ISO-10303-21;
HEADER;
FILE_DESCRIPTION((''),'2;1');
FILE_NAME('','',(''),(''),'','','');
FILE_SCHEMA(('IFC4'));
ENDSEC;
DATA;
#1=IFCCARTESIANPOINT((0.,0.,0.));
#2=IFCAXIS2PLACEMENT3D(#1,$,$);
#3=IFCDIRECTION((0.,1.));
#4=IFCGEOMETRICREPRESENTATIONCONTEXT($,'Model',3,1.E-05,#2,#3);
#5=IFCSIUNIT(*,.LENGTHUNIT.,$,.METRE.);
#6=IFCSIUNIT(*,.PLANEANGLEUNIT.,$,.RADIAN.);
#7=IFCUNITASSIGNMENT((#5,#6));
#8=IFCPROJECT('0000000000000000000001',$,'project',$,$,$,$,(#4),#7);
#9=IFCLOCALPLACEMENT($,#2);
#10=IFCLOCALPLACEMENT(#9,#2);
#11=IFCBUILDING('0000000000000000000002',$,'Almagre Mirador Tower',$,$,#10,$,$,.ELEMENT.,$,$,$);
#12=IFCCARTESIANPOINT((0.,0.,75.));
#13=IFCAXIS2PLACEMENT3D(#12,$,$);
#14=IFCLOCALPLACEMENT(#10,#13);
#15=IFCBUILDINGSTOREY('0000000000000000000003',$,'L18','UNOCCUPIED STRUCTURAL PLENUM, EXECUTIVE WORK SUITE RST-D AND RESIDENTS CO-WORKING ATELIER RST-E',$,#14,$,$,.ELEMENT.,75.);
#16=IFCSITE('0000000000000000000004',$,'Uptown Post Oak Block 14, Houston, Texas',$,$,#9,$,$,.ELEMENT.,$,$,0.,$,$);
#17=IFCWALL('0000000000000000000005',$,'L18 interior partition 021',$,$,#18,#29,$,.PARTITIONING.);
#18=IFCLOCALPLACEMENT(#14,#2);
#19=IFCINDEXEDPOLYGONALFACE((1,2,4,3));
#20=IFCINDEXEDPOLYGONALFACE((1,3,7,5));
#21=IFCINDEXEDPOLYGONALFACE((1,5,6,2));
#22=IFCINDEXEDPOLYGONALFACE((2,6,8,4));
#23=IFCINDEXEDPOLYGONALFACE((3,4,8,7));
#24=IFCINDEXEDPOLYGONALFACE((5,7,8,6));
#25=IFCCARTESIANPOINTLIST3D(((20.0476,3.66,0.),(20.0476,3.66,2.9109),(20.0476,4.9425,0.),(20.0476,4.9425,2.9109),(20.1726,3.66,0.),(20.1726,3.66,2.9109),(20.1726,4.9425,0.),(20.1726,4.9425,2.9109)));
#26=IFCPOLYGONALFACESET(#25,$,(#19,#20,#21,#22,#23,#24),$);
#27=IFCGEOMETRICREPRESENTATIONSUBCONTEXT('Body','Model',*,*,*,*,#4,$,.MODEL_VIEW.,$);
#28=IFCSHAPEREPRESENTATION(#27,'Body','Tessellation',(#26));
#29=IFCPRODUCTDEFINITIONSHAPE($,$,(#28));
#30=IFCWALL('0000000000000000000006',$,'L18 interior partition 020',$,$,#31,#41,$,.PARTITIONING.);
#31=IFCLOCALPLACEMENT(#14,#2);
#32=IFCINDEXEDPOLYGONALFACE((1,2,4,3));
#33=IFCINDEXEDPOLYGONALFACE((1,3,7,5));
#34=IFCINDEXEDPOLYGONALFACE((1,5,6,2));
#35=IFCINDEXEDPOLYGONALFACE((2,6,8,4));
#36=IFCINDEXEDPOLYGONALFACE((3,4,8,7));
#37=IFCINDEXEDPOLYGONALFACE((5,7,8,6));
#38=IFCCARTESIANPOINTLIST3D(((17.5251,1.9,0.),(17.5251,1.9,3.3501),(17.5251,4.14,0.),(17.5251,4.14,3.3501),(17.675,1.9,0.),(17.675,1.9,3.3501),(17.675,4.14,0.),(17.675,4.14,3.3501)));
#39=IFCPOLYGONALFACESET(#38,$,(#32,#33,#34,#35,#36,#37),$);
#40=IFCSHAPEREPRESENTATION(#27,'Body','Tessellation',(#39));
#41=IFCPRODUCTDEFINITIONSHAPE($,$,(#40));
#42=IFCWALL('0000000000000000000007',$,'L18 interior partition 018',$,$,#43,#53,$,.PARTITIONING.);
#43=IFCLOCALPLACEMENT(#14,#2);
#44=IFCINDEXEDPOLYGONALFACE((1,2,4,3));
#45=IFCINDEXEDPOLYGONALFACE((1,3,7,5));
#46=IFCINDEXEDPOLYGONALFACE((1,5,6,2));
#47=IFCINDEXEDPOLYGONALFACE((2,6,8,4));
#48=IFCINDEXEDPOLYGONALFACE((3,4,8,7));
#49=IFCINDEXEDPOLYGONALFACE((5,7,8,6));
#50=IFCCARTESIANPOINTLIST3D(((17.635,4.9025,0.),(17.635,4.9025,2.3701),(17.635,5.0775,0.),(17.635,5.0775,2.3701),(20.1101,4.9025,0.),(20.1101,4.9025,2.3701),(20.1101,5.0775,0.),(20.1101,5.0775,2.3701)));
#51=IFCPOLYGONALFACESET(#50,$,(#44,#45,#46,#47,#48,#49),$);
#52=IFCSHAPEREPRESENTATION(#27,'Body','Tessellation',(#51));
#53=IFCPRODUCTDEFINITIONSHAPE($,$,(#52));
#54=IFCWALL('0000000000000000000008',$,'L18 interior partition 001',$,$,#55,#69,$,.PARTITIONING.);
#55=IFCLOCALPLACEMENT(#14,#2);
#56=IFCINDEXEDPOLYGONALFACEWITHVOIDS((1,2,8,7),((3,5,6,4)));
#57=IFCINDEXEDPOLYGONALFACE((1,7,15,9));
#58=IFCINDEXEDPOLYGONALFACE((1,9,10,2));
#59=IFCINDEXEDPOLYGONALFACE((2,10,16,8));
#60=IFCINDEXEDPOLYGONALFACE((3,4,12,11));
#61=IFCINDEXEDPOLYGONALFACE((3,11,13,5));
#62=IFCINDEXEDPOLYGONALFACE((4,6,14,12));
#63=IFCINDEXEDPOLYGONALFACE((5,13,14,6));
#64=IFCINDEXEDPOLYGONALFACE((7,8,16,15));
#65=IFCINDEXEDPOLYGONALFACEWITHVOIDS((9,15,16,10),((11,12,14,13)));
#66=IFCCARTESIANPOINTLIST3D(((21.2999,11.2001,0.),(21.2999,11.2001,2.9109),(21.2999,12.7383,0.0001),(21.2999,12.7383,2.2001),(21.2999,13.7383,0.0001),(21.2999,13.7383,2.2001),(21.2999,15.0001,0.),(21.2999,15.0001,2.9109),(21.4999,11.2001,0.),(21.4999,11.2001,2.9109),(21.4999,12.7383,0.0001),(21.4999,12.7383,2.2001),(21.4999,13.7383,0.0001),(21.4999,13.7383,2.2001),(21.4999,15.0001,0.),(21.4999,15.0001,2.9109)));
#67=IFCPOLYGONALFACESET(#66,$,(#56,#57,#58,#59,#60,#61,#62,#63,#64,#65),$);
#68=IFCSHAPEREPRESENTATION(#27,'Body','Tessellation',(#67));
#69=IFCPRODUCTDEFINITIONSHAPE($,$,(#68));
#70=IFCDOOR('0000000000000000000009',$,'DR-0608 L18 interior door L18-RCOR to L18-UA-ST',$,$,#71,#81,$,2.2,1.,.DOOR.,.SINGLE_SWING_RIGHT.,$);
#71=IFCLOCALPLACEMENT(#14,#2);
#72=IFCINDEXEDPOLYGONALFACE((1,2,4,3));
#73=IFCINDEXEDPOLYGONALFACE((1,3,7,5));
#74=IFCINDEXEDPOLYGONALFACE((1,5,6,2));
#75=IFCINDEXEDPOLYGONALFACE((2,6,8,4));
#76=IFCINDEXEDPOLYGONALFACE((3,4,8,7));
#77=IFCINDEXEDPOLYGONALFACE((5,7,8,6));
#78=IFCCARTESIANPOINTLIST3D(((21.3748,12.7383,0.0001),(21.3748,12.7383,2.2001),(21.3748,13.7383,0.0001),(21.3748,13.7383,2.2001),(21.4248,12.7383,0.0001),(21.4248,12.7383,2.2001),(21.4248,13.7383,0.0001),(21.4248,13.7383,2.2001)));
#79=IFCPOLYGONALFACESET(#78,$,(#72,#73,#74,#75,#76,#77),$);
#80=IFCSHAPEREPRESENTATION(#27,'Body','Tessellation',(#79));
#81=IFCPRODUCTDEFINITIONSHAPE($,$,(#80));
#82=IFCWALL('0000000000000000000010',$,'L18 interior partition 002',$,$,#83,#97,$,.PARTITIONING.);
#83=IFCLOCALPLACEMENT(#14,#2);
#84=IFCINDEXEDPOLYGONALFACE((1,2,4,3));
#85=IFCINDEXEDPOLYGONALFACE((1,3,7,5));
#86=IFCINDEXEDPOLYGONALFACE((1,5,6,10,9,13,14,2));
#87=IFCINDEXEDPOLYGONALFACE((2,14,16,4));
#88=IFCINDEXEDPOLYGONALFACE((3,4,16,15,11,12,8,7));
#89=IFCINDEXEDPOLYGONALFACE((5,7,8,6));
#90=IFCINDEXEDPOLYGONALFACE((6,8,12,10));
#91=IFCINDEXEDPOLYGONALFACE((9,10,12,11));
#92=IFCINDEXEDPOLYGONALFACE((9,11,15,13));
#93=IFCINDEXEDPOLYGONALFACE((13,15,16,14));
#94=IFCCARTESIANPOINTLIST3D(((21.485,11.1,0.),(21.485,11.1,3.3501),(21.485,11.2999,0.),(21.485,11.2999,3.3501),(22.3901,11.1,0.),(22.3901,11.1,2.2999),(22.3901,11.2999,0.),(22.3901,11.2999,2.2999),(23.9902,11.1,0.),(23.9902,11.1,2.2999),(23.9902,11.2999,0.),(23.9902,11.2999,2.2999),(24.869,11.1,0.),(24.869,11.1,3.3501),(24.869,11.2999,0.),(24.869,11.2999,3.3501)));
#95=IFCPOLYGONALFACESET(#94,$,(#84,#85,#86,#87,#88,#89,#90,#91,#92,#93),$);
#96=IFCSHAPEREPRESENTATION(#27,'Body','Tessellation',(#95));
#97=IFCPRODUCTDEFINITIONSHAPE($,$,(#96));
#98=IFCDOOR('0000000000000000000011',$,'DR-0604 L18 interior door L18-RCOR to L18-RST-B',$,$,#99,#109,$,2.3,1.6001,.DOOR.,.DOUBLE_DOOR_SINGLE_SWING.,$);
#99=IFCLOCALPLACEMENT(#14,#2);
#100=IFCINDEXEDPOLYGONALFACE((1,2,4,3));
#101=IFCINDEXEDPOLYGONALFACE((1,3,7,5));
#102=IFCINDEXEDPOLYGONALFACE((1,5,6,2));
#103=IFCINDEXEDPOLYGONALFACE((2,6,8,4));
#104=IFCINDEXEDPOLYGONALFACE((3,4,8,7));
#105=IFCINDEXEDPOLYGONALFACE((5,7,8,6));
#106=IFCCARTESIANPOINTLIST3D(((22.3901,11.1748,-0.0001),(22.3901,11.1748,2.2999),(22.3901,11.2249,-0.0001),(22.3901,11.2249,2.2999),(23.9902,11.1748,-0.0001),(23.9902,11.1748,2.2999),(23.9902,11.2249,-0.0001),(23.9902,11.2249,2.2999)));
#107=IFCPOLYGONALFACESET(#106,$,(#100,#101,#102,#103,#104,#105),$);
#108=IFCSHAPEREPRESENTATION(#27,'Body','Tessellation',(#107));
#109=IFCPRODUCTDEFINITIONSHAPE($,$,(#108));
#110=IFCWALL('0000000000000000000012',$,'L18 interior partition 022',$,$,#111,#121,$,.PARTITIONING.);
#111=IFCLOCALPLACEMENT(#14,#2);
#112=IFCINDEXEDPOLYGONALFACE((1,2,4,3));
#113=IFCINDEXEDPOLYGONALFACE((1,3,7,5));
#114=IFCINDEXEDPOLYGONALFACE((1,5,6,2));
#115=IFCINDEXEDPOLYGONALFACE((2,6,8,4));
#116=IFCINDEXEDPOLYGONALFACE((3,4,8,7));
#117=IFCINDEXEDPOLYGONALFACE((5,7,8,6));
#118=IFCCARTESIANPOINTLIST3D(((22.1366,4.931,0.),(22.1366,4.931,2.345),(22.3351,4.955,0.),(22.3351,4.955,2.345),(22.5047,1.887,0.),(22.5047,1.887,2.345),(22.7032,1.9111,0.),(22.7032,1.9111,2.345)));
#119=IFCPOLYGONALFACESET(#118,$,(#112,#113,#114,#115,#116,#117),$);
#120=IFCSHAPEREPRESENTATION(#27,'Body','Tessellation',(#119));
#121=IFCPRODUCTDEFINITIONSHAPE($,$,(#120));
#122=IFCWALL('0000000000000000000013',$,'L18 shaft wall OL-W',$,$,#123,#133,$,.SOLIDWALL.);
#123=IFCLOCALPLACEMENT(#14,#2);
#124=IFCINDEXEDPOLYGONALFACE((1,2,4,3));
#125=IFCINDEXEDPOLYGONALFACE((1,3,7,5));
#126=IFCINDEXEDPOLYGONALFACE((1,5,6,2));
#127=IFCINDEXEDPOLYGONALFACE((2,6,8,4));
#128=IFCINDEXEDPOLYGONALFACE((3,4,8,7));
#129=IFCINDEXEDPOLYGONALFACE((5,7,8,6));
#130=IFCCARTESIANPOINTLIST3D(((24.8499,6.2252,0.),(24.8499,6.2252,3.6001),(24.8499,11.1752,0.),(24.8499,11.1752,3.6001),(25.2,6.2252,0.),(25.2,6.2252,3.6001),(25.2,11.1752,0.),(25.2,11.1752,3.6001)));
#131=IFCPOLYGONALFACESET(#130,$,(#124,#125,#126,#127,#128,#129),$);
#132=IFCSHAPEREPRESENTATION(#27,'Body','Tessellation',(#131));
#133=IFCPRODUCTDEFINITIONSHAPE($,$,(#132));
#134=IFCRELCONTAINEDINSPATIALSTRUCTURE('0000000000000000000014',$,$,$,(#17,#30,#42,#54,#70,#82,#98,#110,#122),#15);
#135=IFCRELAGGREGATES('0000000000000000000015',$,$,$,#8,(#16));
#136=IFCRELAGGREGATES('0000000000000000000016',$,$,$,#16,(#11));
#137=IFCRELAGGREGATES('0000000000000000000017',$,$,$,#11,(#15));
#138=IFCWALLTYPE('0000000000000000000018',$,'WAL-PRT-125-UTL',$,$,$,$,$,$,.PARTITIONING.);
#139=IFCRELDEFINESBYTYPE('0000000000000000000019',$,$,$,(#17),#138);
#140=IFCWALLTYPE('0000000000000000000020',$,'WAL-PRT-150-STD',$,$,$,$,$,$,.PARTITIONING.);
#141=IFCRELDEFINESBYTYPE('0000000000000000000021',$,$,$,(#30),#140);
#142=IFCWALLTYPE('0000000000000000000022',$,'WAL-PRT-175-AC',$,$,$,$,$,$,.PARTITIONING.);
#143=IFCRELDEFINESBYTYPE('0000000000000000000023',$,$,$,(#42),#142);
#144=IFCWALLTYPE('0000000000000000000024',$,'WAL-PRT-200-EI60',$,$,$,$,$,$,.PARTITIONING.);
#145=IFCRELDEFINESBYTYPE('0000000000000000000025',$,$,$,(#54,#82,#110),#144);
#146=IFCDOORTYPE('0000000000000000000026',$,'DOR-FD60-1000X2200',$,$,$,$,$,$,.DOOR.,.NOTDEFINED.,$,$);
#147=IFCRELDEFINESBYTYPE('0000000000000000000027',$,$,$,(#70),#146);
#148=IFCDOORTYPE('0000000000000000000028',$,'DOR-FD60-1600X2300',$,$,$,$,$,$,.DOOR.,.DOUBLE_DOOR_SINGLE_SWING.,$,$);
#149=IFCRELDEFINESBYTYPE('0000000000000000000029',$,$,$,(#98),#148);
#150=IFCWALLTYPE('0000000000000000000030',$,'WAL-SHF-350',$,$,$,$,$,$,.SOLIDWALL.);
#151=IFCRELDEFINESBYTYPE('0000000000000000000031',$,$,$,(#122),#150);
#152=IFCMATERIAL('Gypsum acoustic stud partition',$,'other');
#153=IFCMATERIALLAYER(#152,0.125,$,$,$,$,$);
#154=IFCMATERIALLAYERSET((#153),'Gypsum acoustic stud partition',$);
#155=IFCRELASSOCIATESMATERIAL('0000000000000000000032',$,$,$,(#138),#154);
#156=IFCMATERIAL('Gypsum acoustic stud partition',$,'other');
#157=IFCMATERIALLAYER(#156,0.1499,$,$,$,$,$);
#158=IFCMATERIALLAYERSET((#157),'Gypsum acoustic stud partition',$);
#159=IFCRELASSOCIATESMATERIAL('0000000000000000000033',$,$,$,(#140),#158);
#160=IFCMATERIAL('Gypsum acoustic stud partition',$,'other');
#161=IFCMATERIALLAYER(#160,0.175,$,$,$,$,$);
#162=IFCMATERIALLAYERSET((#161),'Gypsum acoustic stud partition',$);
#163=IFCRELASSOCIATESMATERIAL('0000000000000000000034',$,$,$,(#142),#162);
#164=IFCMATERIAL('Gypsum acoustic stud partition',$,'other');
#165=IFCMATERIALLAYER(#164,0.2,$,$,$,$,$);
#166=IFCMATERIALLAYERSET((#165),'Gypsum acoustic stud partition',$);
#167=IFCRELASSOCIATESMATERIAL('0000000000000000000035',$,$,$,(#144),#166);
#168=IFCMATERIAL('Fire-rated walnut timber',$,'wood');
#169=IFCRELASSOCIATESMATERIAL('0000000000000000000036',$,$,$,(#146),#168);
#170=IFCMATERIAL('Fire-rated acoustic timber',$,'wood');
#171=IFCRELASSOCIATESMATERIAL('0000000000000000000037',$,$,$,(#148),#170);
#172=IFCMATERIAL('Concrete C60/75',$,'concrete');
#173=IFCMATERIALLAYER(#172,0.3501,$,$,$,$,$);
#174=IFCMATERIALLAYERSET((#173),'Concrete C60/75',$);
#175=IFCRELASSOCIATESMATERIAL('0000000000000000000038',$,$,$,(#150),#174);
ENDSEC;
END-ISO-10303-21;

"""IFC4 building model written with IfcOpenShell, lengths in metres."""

from ifc_helpers import new_model, si_unit, direction, frame, frame_2d, origin, place, context, subcontext, project, spatial, rectangle, extrude, material, layer, layer_set, type_object, element, fill, save


model = new_model("IFC4")

# Units and contexts
model_context = context("Model", 3, precision=1e-05, world=origin(), true_north=direction((0.0, 1.0)))
body_context = subcontext(model_context, "Body", "Model", "MODEL_VIEW")
ifc_project = project(units=[si_unit("LENGTHUNIT", "METRE"), si_unit("PLANEANGLEUNIT", "RADIAN")], contexts=[model_context])

# Site, building, storey
site_placement = place(None, origin())
site = spatial("IfcSite", under=ifc_project, at=site_placement, Name="Uptown Post Oak Block 14, Houston, Texas", CompositionType="ELEMENT", RefElevation=0.0)
building_placement = place(site_placement, origin())
building = spatial("IfcBuilding", under=site, at=building_placement, Name="Almagre Mirador Tower", CompositionType="ELEMENT")
storey_placement = place(building_placement, frame((0.0, 0.0, 75.0)))
storey = spatial("IfcBuildingStorey", under=building, at=storey_placement, Name="L18", Description="UNOCCUPIED STRUCTURAL PLENUM, EXECUTIVE WORK SUITE RST-D AND RESIDENTS CO-WORKING ATELIER RST-E", CompositionType="ELEMENT", Elevation=75.0)

# Walls
ifc_material_1 = material(Name="Gypsum acoustic stud partition", Category="other")
ifc_layer_1 = layer(ifc_material_1, 0.125)
ifc_layer_set_1 = layer_set([ifc_layer_1], Name="Gypsum acoustic stud partition")
wall_type_1 = type_object("IfcWallType", Name="WAL-PRT-125-UTL", PredefinedType="PARTITIONING", material=ifc_layer_set_1)
wall_1_placement = place(storey_placement, frame((20.1101, 4.9424, 0.0), z_axis=(0.0, 0.0, 1.0), x_axis=(0.0, -1.0, 0.0)))
element("IfcWall", 1, at=wall_1_placement, inside=storey, type_object=wall_type_1, Name="L18 interior partition 021", PredefinedType="PARTITIONING", context=body_context, shape_type="SweptSolid", body=[
    extrude(rectangle(XDim=1.2825, YDim=0.125, at=frame_2d((0.6411, 0.0))), origin(), (0.0, 0.0, 1.0), 2.9109),
])
ifc_material_2 = material(Name="Gypsum acoustic stud partition", Category="other")
ifc_layer_2 = layer(ifc_material_2, 0.1499)
ifc_layer_set_2 = layer_set([ifc_layer_2], Name="Gypsum acoustic stud partition")
wall_type_2 = type_object("IfcWallType", Name="WAL-PRT-150-STD", PredefinedType="PARTITIONING", material=ifc_layer_set_2)
wall_2_placement = place(storey_placement, frame((17.6001, 1.8999, 0.0), z_axis=(0.0, 0.0, 1.0), x_axis=(0.0, 1.0, 0.0)))
element("IfcWall", 2, at=wall_2_placement, inside=storey, type_object=wall_type_2, Name="L18 interior partition 020", PredefinedType="PARTITIONING", context=body_context, shape_type="SweptSolid", body=[
    extrude(rectangle(XDim=2.24, YDim=0.1499, at=frame_2d((1.1201, 0.0))), origin(), (0.0, 0.0, 1.0), 3.3501),
])
ifc_material_3 = material(Name="Gypsum acoustic stud partition", Category="other")
ifc_layer_3 = layer(ifc_material_3, 0.175)
ifc_layer_set_3 = layer_set([ifc_layer_3], Name="Gypsum acoustic stud partition")
wall_type_3 = type_object("IfcWallType", Name="WAL-PRT-175-AC", PredefinedType="PARTITIONING", material=ifc_layer_set_3)
wall_3_placement = place(storey_placement, frame((17.635, 4.99, 0.0), z_axis=(0.0, 0.0, 1.0), x_axis=(1.0, 0.0, 0.0)))
element("IfcWall", 3, at=wall_3_placement, inside=storey, type_object=wall_type_3, Name="L18 interior partition 018", PredefinedType="PARTITIONING", context=body_context, shape_type="SweptSolid", body=[
    extrude(rectangle(XDim=2.4751, YDim=0.175, at=frame_2d((1.2375, 0.0))), origin(), (0.0, 0.0, 1.0), 2.3701),
])

# Walls, openings, doors
ifc_material_4 = material(Name="Gypsum acoustic stud partition", Category="other")
ifc_layer_4 = layer(ifc_material_4, 0.2)
ifc_layer_set_4 = layer_set([ifc_layer_4], Name="Gypsum acoustic stud partition")
wall_type_4 = type_object("IfcWallType", Name="WAL-PRT-200-EI60", PredefinedType="PARTITIONING", material=ifc_layer_set_4)
wall_4_placement = place(storey_placement, frame((21.3999, 15.0, 0.0), z_axis=(0.0, 0.0, 1.0), x_axis=(0.0, -1.0, 0.0)))
wall_4 = element("IfcWall", 4, at=wall_4_placement, inside=storey, type_object=wall_type_4, Name="L18 interior partition 001", PredefinedType="PARTITIONING", context=body_context, shape_type="SweptSolid", body=[
    extrude(rectangle(XDim=3.8, YDim=0.2, at=frame_2d((1.8999, 0.0))), origin(), (0.0, 0.0, 1.0), 2.9109),
])
opening_1_placement = place(wall_4_placement, frame((1.2617, 0.0, 0.0)))
opening_1 = element("IfcOpeningElement", 5, at=opening_1_placement, cuts=wall_4, PredefinedType="OPENING", context=body_context, shape_type="SweptSolid", body=[
    extrude(rectangle(XDim=1.0, YDim=2.2, at=frame_2d((0.5, 1.1001))), frame((0.0, 0.1101, 0.0), z_axis=(0.0, -1.0, 0.0), x_axis=(1.0, 0.0, 0.0)), (0.0, 0.0, 1.0), 0.22),
])
ifc_material_5 = material(Name="Fire-rated walnut timber", Category="wood")
door_type_1 = type_object("IfcDoorType", Name="DOR-FD60-1000X2200", OperationType="NOTDEFINED", PredefinedType="DOOR", material=ifc_material_5)
door_1_placement = place(opening_1_placement, origin())
door_1 = element("IfcDoor", 6, at=door_1_placement, inside=storey, type_object=door_type_1, Name="DR-0608 L18 interior door L18-RCOR to L18-UA-ST", OperationType="SINGLE_SWING_RIGHT", OverallHeight=2.2, OverallWidth=1.0, PredefinedType="DOOR", context=body_context, shape_type="SweptSolid", body=[
    extrude(rectangle(XDim=1.0, YDim=2.2, at=frame_2d((0.5, 1.1001))), frame((0.0, 0.0249, 0.0), z_axis=(0.0, -1.0, 0.0), x_axis=(1.0, 0.0, 0.0)), (0.0, 0.0, 1.0), 0.05),
])
fill(opening_1, door_1)
wall_5_placement = place(storey_placement, frame((21.4851, 11.2, 0.0), z_axis=(0.0, 0.0, 1.0), x_axis=(1.0, 0.0, 0.0)))
wall_5 = element("IfcWall", 7, at=wall_5_placement, inside=storey, type_object=wall_type_4, Name="L18 interior partition 002", PredefinedType="PARTITIONING", context=body_context, shape_type="SweptSolid", body=[
    extrude(rectangle(XDim=3.384, YDim=0.2, at=frame_2d((1.6919, 0.0))), origin(), (0.0, 0.0, 1.0), 3.3501),
])
opening_2_placement = place(wall_5_placement, frame((0.905, 0.0, 0.0)))
opening_2 = element("IfcOpeningElement", 8, at=opening_2_placement, cuts=wall_5, PredefinedType="OPENING", context=body_context, shape_type="SweptSolid", body=[
    extrude(rectangle(XDim=1.6001, YDim=2.3, at=frame_2d((0.8, 1.1499))), frame((0.0, 0.1101, 0.0), z_axis=(0.0, -1.0, 0.0), x_axis=(1.0, 0.0, 0.0)), (0.0, 0.0, 1.0), 0.22),
])
ifc_material_6 = material(Name="Fire-rated acoustic timber", Category="wood")
door_type_2 = type_object("IfcDoorType", Name="DOR-FD60-1600X2300", OperationType="DOUBLE_DOOR_SINGLE_SWING", PredefinedType="DOOR", material=ifc_material_6)
door_2_placement = place(opening_2_placement, origin())
door_2 = element("IfcDoor", 9, at=door_2_placement, inside=storey, type_object=door_type_2, Name="DR-0604 L18 interior door L18-RCOR to L18-RST-B", OperationType="DOUBLE_DOOR_SINGLE_SWING", OverallHeight=2.3, OverallWidth=1.6001, PredefinedType="DOOR", context=body_context, shape_type="SweptSolid", body=[
    extrude(rectangle(XDim=1.6001, YDim=2.3, at=frame_2d((0.8, 1.1499))), frame((0.0, 0.0249, 0.0), z_axis=(0.0, -1.0, 0.0), x_axis=(1.0, 0.0, 0.0)), (0.0, 0.0, 1.0), 0.05),
])
fill(opening_2, door_2)

# Walls
wall_6_placement = place(storey_placement, frame((22.604, 1.8989, 0.0), z_axis=(0.0, 0.0, 1.0), x_axis=(-0.120075, 0.992765, 0.0)))
element("IfcWall", 10, at=wall_6_placement, inside=storey, type_object=wall_type_4, Name="L18 interior partition 022", PredefinedType="PARTITIONING", context=body_context, shape_type="SweptSolid", body=[
    extrude(rectangle(XDim=3.0662, YDim=0.2, at=frame_2d((1.5332, 0.0))), origin(), (0.0, 0.0, 1.0), 2.345),
])
ifc_material_7 = material(Name="Concrete C60/75", Category="concrete")
ifc_layer_5 = layer(ifc_material_7, 0.3501)
ifc_layer_set_5 = layer_set([ifc_layer_5], Name="Concrete C60/75")
wall_type_5 = type_object("IfcWallType", Name="WAL-SHF-350", PredefinedType="SOLIDWALL", material=ifc_layer_set_5)
wall_7_placement = place(storey_placement, frame((25.0249, 6.2251, 0.0), z_axis=(0.0, 0.0, 1.0), x_axis=(0.0, 1.0, 0.0)))
element("IfcWall", 11, at=wall_7_placement, inside=storey, type_object=wall_type_5, Name="L18 shaft wall OL-W", PredefinedType="SOLIDWALL", context=body_context, shape_type="SweptSolid", body=[
    extrude(rectangle(XDim=4.95, YDim=0.3501, at=frame_2d((2.4751, 0.0))), origin(), (0.0, 0.0, 1.0), 3.6001),
])

save(model, "model.ifc")
